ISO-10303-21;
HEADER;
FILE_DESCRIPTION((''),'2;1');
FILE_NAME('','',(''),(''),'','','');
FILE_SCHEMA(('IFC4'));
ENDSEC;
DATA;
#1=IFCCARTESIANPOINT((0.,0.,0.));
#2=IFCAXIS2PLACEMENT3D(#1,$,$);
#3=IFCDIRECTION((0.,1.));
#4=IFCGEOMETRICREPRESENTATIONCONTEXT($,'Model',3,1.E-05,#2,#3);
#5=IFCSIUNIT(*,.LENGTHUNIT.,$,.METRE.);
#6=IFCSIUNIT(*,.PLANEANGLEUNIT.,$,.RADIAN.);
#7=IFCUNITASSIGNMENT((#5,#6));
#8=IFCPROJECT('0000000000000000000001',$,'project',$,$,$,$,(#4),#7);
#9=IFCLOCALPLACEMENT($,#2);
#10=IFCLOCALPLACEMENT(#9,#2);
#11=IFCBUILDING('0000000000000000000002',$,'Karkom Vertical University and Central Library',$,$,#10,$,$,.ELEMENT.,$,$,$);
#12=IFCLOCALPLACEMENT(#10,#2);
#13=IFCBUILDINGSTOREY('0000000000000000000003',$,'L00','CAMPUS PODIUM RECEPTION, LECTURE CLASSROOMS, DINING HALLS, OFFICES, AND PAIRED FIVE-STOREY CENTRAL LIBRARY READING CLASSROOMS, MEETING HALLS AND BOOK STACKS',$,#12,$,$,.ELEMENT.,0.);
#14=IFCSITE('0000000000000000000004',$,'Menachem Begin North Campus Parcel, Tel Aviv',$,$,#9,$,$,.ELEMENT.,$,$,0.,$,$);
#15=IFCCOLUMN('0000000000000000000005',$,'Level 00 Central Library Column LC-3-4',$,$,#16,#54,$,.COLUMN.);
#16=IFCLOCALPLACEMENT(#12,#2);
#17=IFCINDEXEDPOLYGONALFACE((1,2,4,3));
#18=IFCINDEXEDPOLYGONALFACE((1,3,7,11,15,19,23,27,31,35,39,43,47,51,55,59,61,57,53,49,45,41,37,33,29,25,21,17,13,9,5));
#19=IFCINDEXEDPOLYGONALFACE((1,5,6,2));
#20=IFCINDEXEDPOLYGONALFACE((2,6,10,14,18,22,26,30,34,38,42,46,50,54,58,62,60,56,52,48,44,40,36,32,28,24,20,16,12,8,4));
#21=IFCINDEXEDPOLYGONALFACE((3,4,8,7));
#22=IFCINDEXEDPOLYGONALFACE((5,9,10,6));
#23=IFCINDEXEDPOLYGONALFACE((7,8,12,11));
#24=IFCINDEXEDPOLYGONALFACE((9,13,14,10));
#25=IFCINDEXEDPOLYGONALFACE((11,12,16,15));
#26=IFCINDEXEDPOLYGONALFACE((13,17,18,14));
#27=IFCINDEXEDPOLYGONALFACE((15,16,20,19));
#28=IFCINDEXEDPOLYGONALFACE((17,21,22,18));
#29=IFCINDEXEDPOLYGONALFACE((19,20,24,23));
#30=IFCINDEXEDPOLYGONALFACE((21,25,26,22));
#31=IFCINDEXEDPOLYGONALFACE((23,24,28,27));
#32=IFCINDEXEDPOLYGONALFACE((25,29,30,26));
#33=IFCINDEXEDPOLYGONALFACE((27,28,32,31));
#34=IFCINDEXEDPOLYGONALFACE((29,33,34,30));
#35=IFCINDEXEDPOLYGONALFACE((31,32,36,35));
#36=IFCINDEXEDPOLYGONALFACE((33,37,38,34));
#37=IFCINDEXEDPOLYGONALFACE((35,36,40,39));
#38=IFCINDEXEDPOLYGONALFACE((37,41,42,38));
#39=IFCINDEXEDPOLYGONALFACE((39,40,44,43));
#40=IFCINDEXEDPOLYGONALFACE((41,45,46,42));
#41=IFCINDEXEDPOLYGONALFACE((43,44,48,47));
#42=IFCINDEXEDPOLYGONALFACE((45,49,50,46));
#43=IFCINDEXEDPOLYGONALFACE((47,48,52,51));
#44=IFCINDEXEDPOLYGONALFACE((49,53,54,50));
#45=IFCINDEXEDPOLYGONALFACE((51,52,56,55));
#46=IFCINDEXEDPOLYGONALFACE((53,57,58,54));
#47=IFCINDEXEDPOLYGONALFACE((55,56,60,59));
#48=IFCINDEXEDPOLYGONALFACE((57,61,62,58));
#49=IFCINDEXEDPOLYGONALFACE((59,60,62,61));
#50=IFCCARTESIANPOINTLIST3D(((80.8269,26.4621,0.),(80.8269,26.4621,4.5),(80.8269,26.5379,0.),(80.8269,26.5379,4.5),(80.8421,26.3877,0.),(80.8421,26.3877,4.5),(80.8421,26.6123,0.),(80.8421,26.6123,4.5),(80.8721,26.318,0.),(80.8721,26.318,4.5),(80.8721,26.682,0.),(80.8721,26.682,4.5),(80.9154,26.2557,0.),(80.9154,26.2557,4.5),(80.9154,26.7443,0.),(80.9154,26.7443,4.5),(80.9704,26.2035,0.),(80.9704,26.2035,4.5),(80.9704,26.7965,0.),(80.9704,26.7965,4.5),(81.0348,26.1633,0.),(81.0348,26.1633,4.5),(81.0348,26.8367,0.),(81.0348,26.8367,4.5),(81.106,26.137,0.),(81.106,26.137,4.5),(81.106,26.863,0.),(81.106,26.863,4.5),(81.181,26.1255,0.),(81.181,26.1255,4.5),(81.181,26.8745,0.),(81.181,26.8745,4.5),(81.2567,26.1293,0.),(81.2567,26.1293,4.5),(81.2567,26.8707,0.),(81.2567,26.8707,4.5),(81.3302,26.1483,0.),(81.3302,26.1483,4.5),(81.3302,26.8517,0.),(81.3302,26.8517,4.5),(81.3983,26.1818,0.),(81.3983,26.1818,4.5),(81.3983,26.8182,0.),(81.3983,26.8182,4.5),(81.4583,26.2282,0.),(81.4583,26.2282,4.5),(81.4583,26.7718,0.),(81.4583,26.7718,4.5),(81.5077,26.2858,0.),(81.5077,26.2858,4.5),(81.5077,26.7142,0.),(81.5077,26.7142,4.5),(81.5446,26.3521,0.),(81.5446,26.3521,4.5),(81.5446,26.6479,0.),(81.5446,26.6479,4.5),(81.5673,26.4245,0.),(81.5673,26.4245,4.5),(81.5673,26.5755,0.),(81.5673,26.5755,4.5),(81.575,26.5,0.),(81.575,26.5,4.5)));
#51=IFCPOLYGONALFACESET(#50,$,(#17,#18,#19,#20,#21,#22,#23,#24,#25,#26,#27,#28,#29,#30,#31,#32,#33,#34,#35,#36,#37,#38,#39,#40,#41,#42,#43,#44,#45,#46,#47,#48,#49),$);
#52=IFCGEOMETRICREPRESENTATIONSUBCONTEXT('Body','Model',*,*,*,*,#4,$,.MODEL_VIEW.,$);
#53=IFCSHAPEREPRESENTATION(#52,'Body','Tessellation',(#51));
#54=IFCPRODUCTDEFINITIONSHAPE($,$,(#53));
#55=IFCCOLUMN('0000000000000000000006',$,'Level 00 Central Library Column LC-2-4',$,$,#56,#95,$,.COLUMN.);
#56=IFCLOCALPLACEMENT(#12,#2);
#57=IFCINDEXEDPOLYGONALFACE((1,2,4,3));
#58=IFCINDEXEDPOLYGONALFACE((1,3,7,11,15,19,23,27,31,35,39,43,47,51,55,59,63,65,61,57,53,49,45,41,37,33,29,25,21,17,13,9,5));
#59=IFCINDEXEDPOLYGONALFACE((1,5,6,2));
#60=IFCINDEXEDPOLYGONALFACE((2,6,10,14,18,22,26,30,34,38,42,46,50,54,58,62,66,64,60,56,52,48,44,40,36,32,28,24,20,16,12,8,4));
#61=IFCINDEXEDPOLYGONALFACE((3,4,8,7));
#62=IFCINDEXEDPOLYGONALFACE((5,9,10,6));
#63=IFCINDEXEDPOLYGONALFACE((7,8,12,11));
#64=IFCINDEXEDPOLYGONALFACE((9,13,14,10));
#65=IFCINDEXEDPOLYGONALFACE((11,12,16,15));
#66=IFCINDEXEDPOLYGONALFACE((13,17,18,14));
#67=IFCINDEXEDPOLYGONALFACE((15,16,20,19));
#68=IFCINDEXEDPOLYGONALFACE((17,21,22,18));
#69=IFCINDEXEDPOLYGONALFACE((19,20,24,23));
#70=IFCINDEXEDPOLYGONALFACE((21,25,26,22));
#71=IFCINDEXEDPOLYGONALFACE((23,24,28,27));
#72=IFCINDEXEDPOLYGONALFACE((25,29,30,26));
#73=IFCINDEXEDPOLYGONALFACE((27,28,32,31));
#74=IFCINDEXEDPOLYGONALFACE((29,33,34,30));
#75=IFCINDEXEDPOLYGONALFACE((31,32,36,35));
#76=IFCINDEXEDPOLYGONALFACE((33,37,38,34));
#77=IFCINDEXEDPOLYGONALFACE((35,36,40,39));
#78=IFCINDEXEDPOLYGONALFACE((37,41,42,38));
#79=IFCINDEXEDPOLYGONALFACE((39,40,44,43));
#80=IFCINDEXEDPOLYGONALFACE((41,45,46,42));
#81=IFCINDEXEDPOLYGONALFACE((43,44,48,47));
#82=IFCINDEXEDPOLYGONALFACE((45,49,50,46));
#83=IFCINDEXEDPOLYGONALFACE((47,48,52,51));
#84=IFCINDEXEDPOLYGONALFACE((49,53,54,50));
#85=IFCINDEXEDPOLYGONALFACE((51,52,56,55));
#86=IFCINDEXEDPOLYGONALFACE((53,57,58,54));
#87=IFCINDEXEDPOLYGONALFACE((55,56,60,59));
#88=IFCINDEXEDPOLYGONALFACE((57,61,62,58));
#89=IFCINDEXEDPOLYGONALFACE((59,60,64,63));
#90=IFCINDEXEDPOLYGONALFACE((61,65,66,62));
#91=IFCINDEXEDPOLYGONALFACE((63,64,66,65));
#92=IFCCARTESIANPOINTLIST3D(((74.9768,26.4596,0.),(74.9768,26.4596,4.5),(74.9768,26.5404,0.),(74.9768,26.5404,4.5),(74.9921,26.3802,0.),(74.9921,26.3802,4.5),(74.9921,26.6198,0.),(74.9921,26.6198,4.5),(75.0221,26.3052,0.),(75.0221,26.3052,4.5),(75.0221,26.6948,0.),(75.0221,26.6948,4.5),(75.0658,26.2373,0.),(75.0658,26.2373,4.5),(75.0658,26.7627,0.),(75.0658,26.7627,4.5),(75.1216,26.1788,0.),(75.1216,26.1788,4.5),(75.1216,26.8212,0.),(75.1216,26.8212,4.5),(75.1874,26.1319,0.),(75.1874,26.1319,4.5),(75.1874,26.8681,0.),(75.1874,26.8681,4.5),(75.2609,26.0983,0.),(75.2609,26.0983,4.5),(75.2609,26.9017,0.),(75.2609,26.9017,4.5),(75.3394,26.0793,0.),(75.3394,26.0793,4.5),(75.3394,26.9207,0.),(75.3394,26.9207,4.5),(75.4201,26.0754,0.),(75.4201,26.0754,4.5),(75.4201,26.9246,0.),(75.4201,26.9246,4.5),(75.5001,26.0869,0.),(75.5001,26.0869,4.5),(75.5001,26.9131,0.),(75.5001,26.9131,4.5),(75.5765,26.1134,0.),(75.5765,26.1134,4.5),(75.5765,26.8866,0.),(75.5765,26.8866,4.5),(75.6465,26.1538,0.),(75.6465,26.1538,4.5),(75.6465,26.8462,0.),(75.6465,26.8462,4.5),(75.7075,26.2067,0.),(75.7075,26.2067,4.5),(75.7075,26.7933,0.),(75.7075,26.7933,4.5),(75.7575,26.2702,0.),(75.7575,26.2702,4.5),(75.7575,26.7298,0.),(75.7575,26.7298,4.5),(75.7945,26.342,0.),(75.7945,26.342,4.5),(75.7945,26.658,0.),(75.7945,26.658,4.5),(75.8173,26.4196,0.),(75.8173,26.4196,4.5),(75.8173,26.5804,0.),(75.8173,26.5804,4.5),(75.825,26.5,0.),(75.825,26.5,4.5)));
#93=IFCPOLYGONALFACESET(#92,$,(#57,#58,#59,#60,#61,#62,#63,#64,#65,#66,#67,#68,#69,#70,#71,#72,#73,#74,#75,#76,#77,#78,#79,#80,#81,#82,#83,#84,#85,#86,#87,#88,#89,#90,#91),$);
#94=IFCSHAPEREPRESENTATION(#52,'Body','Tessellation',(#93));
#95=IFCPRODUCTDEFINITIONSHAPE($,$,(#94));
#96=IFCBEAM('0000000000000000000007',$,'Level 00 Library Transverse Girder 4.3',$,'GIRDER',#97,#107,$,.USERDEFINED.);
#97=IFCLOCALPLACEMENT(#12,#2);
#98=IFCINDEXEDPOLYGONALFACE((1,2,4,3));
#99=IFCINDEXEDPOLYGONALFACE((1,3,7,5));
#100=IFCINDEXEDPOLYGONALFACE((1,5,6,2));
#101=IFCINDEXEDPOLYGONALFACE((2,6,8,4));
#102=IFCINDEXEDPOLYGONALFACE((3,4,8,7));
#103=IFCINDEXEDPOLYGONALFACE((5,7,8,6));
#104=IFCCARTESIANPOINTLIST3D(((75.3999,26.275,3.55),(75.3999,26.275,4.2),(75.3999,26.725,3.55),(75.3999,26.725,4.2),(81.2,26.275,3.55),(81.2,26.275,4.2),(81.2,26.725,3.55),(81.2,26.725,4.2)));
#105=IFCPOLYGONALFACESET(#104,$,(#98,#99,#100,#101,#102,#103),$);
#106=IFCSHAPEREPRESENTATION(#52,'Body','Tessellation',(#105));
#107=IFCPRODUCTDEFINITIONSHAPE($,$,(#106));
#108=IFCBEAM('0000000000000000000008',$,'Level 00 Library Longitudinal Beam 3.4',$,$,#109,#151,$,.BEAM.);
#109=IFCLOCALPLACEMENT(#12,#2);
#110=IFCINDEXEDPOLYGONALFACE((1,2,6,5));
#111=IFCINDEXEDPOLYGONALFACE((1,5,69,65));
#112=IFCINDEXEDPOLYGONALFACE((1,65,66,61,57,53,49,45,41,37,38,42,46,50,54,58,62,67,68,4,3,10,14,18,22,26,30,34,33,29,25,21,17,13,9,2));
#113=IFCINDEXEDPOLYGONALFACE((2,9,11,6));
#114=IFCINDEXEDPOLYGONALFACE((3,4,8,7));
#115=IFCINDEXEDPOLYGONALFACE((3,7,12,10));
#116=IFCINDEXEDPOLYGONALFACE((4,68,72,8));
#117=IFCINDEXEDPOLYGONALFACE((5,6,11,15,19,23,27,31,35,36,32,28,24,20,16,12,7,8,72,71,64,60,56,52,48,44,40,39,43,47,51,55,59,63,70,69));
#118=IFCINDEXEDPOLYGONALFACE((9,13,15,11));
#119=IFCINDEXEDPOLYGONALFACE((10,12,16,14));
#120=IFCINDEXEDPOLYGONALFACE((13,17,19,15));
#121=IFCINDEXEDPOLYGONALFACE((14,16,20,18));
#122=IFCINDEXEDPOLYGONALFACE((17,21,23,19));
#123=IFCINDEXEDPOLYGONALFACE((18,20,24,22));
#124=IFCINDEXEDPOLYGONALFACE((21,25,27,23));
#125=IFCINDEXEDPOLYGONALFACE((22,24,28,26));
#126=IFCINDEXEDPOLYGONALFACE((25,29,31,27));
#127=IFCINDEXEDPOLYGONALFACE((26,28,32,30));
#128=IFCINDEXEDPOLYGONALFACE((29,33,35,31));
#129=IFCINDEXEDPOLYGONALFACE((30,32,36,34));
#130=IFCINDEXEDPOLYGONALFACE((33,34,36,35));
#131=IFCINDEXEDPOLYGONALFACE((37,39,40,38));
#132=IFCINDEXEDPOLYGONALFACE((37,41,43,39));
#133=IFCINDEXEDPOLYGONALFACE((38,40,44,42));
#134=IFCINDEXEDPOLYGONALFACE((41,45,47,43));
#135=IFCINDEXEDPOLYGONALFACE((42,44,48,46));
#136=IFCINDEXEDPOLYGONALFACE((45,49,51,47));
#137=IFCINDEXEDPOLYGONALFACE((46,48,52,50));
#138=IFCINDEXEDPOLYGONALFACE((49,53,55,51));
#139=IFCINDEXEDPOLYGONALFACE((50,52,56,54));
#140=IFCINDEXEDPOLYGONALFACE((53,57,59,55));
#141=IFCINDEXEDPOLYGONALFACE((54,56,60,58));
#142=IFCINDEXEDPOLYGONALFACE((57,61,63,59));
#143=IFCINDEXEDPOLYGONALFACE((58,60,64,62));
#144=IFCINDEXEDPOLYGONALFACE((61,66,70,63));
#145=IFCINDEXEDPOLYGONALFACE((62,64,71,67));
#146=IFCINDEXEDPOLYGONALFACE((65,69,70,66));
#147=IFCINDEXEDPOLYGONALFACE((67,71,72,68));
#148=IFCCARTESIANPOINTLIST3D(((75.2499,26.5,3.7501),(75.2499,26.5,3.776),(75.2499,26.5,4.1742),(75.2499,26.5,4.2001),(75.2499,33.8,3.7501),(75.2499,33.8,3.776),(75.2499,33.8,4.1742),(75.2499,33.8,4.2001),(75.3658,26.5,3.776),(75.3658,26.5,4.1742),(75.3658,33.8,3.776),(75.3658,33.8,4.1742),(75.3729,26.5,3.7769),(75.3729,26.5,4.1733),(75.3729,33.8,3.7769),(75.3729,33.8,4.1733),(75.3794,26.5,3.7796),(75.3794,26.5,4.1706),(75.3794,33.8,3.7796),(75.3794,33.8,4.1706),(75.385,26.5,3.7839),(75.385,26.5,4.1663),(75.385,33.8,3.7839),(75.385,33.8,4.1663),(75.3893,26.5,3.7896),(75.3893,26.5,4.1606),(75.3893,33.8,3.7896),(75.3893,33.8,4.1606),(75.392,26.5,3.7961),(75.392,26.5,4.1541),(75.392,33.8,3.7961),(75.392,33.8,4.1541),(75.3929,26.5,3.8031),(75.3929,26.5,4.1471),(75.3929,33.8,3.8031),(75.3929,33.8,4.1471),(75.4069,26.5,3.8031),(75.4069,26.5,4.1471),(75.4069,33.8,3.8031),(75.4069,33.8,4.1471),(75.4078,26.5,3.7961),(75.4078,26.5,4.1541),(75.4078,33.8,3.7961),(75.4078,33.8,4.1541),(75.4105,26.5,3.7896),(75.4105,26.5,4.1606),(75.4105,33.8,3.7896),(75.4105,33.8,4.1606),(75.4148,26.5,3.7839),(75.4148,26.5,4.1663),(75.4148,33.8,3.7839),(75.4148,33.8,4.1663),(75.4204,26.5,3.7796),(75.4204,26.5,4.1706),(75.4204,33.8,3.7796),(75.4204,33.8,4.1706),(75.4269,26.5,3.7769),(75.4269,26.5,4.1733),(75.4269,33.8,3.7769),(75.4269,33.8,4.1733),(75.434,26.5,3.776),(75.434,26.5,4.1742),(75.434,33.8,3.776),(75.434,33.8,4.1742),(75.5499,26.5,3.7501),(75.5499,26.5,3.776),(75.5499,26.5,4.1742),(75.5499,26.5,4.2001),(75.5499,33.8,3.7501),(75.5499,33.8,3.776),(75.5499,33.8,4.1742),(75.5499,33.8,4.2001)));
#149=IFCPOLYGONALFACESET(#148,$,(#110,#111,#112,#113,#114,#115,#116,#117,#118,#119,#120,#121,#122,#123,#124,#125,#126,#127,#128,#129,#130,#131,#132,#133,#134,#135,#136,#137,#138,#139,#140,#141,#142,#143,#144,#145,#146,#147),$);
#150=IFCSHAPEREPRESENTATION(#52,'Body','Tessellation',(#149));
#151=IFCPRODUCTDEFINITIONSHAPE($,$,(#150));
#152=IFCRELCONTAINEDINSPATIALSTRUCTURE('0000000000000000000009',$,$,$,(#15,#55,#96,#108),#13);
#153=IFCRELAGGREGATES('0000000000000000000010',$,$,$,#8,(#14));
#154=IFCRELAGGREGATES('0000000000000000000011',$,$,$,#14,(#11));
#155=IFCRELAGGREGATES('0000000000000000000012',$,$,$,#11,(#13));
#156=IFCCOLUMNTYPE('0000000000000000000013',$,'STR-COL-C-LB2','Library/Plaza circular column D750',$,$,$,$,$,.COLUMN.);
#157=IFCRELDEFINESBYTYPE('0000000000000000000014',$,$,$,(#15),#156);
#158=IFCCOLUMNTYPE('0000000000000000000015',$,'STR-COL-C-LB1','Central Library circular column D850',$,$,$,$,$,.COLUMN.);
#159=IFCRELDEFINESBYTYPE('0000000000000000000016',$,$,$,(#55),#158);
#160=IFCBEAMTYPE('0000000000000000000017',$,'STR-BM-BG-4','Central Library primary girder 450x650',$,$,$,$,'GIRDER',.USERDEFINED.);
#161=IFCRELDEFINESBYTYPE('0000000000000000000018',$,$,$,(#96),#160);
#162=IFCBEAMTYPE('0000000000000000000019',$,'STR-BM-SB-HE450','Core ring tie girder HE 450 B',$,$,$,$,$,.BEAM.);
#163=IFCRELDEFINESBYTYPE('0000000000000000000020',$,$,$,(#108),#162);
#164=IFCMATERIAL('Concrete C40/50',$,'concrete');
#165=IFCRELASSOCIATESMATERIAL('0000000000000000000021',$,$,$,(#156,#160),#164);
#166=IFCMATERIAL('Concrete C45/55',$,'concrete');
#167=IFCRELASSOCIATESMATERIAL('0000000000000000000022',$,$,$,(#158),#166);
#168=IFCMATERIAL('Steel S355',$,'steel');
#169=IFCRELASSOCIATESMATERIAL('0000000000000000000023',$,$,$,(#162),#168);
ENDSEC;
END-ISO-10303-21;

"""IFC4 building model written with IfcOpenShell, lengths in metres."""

from ifc_helpers import new_model, si_unit, direction, frame, origin, origin_with_axes, origin_2d, place, context, subcontext, project, spatial, rectangle, circle, i_section, extrude, source, transform, mapped, material, material_profile, profile_set, type_object, element, save


model = new_model("IFC4")

# Units and contexts
model_context = context("Model", 3, precision=1e-05, world=origin(), true_north=direction((0.0, 1.0)))
body_context = subcontext(model_context, "Body", "Model", "MODEL_VIEW")
ifc_project = project(units=[si_unit("LENGTHUNIT", "METRE"), si_unit("PLANEANGLEUNIT", "RADIAN")], contexts=[model_context])

# Site, building, storey
site_placement = place(None, origin())
site = spatial("IfcSite", under=ifc_project, at=site_placement, Name="Menachem Begin North Campus Parcel, Tel Aviv", CompositionType="ELEMENT", RefElevation=0.0)
building_placement = place(site_placement, origin())
building = spatial("IfcBuilding", under=site, at=building_placement, Name="Karkom Vertical University and Central Library", CompositionType="ELEMENT")
storey_placement = place(building_placement, origin())
storey = spatial("IfcBuildingStorey", under=building, at=storey_placement, Name="L00", Description="CAMPUS PODIUM RECEPTION, LECTURE CLASSROOMS, DINING HALLS, OFFICES, AND PAIRED FIVE-STOREY CENTRAL LIBRARY READING CLASSROOMS, MEETING HALLS AND BOOK STACKS", CompositionType="ELEMENT", Elevation=0.0)

# Columns
ifc_material_1 = material(Name="Concrete C40/50", Category="concrete")
ifc_material_profile_1 = material_profile(ifc_material_1, circle(Radius=0.375, at=origin_2d()), Name="RC-D750")
ifc_profile_set_1 = profile_set([ifc_material_profile_1], Name="Concrete C40/50")
column_type_1 = type_object("IfcColumnType", Name="STR-COL-C-LB2", Description="Library/Plaza circular column D750", PredefinedType="COLUMN", material=ifc_profile_set_1)
shared_shape_1 = source(origin_with_axes(), body_context, "Body", "SweptSolid", [
    extrude(circle(Radius=0.375, at=origin_2d()), origin(), (0.0, 0.0, 1.0), 4.5),
])
column_1_placement = place(storey_placement, frame((81.2, 26.5, 0.0), z_axis=(0.0, 0.0, 1.0), x_axis=(1.0, 0.0, 0.0)))
element("IfcColumn", 1, at=column_1_placement, inside=storey, type_object=column_type_1, Name="Level 00 Central Library Column LC-3-4", PredefinedType="COLUMN", context=body_context, shape_type="MappedRepresentation", body=[
    mapped(shared_shape_1, transform((0.0, 0.0, 0.0), scale=1.0)),
])
ifc_material_2 = material(Name="Concrete C45/55", Category="concrete")
ifc_material_profile_2 = material_profile(ifc_material_2, circle(Radius=0.425, at=origin_2d()), Name="RC-D850")
ifc_profile_set_2 = profile_set([ifc_material_profile_2], Name="Concrete C45/55")
column_type_2 = type_object("IfcColumnType", Name="STR-COL-C-LB1", Description="Central Library circular column D850", PredefinedType="COLUMN", material=ifc_profile_set_2)
shared_shape_2 = source(origin_with_axes(), body_context, "Body", "SweptSolid", [
    extrude(circle(Radius=0.425, at=origin_2d()), origin(), (0.0, 0.0, 1.0), 4.5),
])
column_2_placement = place(storey_placement, frame((75.3999, 26.5, 0.0), z_axis=(0.0, 0.0, 1.0), x_axis=(1.0, 0.0, 0.0)))
element("IfcColumn", 2, at=column_2_placement, inside=storey, type_object=column_type_2, Name="Level 00 Central Library Column LC-2-4", PredefinedType="COLUMN", context=body_context, shape_type="MappedRepresentation", body=[
    mapped(shared_shape_2, transform((0.0, 0.0, 0.0), scale=1.0)),
])

# Beams
ifc_material_profile_3 = material_profile(ifc_material_1, rectangle(XDim=0.45, YDim=0.6499, at=origin_2d()), Name="RCB-450x650")
ifc_profile_set_3 = profile_set([ifc_material_profile_3], Name="Concrete C40/50")
beam_type_1 = type_object("IfcBeamType", Name="STR-BM-BG-4", Description="Central Library primary girder 450x650", ElementType="GIRDER", PredefinedType="USERDEFINED", material=ifc_profile_set_3)
shared_shape_3 = source(origin_with_axes(), body_context, "Body", "SweptSolid", [
    extrude(rectangle(XDim=0.45, YDim=0.6499, at=origin_2d()), origin(), (0.0, 0.0, 1.0), 5.8),
])
beam_placement = place(storey_placement, frame((75.3999, 26.5, 3.875), z_axis=(1.0, 0.0, 0.0), x_axis=(0.0, 1.0, 0.0)))
element("IfcBeam", 3, at=beam_placement, inside=storey, type_object=beam_type_1, Name="Level 00 Library Transverse Girder 4.3", ObjectType="GIRDER", PredefinedType="USERDEFINED", context=body_context, shape_type="MappedRepresentation", body=[
    mapped(shared_shape_3, transform((0.0, 0.0, 0.0), scale=1.0)),
])
ifc_material_3 = material(Name="Steel S355", Category="steel")
ifc_material_profile_4 = material_profile(ifc_material_3, i_section(OverallWidth=0.3, OverallDepth=0.45, WebThickness=0.0139, FlangeThickness=0.0259, FilletRadius=0.0271, at=origin_2d()), Name="HE 450 B")
ifc_profile_set_4 = profile_set([ifc_material_profile_4], Name="Steel S355")
beam_type_2 = type_object("IfcBeamType", Name="STR-BM-SB-HE450", Description="Core ring tie girder HE 450 B", PredefinedType="BEAM", material=ifc_profile_set_4)
shared_shape_4 = source(origin_with_axes(), body_context, "Body", "SweptSolid", [
    extrude(i_section(OverallWidth=0.3, OverallDepth=0.45, WebThickness=0.0139, FlangeThickness=0.0259, FilletRadius=0.0271, at=origin_2d()), origin(), (0.0, 0.0, 1.0), 7.3),
])
for number, where, z_axis, x_axis, name in (
    (4, (75.3999, 26.5, 3.9751), (0.0, 1.0, 0.0), (-1.0, 0.0, 0.0), "Level 00 Library Longitudinal Beam 3.4"),
):
    element("IfcBeam", number, at=place(storey_placement, frame(where, z_axis=z_axis, x_axis=x_axis)), inside=storey, type_object=beam_type_2, Name=name, PredefinedType="BEAM", context=body_context, shape_type="MappedRepresentation", body=[
        mapped(shared_shape_4, transform((0.0, 0.0, 0.0), scale=1.0)),
    ])

save(model, "model.ifc")
